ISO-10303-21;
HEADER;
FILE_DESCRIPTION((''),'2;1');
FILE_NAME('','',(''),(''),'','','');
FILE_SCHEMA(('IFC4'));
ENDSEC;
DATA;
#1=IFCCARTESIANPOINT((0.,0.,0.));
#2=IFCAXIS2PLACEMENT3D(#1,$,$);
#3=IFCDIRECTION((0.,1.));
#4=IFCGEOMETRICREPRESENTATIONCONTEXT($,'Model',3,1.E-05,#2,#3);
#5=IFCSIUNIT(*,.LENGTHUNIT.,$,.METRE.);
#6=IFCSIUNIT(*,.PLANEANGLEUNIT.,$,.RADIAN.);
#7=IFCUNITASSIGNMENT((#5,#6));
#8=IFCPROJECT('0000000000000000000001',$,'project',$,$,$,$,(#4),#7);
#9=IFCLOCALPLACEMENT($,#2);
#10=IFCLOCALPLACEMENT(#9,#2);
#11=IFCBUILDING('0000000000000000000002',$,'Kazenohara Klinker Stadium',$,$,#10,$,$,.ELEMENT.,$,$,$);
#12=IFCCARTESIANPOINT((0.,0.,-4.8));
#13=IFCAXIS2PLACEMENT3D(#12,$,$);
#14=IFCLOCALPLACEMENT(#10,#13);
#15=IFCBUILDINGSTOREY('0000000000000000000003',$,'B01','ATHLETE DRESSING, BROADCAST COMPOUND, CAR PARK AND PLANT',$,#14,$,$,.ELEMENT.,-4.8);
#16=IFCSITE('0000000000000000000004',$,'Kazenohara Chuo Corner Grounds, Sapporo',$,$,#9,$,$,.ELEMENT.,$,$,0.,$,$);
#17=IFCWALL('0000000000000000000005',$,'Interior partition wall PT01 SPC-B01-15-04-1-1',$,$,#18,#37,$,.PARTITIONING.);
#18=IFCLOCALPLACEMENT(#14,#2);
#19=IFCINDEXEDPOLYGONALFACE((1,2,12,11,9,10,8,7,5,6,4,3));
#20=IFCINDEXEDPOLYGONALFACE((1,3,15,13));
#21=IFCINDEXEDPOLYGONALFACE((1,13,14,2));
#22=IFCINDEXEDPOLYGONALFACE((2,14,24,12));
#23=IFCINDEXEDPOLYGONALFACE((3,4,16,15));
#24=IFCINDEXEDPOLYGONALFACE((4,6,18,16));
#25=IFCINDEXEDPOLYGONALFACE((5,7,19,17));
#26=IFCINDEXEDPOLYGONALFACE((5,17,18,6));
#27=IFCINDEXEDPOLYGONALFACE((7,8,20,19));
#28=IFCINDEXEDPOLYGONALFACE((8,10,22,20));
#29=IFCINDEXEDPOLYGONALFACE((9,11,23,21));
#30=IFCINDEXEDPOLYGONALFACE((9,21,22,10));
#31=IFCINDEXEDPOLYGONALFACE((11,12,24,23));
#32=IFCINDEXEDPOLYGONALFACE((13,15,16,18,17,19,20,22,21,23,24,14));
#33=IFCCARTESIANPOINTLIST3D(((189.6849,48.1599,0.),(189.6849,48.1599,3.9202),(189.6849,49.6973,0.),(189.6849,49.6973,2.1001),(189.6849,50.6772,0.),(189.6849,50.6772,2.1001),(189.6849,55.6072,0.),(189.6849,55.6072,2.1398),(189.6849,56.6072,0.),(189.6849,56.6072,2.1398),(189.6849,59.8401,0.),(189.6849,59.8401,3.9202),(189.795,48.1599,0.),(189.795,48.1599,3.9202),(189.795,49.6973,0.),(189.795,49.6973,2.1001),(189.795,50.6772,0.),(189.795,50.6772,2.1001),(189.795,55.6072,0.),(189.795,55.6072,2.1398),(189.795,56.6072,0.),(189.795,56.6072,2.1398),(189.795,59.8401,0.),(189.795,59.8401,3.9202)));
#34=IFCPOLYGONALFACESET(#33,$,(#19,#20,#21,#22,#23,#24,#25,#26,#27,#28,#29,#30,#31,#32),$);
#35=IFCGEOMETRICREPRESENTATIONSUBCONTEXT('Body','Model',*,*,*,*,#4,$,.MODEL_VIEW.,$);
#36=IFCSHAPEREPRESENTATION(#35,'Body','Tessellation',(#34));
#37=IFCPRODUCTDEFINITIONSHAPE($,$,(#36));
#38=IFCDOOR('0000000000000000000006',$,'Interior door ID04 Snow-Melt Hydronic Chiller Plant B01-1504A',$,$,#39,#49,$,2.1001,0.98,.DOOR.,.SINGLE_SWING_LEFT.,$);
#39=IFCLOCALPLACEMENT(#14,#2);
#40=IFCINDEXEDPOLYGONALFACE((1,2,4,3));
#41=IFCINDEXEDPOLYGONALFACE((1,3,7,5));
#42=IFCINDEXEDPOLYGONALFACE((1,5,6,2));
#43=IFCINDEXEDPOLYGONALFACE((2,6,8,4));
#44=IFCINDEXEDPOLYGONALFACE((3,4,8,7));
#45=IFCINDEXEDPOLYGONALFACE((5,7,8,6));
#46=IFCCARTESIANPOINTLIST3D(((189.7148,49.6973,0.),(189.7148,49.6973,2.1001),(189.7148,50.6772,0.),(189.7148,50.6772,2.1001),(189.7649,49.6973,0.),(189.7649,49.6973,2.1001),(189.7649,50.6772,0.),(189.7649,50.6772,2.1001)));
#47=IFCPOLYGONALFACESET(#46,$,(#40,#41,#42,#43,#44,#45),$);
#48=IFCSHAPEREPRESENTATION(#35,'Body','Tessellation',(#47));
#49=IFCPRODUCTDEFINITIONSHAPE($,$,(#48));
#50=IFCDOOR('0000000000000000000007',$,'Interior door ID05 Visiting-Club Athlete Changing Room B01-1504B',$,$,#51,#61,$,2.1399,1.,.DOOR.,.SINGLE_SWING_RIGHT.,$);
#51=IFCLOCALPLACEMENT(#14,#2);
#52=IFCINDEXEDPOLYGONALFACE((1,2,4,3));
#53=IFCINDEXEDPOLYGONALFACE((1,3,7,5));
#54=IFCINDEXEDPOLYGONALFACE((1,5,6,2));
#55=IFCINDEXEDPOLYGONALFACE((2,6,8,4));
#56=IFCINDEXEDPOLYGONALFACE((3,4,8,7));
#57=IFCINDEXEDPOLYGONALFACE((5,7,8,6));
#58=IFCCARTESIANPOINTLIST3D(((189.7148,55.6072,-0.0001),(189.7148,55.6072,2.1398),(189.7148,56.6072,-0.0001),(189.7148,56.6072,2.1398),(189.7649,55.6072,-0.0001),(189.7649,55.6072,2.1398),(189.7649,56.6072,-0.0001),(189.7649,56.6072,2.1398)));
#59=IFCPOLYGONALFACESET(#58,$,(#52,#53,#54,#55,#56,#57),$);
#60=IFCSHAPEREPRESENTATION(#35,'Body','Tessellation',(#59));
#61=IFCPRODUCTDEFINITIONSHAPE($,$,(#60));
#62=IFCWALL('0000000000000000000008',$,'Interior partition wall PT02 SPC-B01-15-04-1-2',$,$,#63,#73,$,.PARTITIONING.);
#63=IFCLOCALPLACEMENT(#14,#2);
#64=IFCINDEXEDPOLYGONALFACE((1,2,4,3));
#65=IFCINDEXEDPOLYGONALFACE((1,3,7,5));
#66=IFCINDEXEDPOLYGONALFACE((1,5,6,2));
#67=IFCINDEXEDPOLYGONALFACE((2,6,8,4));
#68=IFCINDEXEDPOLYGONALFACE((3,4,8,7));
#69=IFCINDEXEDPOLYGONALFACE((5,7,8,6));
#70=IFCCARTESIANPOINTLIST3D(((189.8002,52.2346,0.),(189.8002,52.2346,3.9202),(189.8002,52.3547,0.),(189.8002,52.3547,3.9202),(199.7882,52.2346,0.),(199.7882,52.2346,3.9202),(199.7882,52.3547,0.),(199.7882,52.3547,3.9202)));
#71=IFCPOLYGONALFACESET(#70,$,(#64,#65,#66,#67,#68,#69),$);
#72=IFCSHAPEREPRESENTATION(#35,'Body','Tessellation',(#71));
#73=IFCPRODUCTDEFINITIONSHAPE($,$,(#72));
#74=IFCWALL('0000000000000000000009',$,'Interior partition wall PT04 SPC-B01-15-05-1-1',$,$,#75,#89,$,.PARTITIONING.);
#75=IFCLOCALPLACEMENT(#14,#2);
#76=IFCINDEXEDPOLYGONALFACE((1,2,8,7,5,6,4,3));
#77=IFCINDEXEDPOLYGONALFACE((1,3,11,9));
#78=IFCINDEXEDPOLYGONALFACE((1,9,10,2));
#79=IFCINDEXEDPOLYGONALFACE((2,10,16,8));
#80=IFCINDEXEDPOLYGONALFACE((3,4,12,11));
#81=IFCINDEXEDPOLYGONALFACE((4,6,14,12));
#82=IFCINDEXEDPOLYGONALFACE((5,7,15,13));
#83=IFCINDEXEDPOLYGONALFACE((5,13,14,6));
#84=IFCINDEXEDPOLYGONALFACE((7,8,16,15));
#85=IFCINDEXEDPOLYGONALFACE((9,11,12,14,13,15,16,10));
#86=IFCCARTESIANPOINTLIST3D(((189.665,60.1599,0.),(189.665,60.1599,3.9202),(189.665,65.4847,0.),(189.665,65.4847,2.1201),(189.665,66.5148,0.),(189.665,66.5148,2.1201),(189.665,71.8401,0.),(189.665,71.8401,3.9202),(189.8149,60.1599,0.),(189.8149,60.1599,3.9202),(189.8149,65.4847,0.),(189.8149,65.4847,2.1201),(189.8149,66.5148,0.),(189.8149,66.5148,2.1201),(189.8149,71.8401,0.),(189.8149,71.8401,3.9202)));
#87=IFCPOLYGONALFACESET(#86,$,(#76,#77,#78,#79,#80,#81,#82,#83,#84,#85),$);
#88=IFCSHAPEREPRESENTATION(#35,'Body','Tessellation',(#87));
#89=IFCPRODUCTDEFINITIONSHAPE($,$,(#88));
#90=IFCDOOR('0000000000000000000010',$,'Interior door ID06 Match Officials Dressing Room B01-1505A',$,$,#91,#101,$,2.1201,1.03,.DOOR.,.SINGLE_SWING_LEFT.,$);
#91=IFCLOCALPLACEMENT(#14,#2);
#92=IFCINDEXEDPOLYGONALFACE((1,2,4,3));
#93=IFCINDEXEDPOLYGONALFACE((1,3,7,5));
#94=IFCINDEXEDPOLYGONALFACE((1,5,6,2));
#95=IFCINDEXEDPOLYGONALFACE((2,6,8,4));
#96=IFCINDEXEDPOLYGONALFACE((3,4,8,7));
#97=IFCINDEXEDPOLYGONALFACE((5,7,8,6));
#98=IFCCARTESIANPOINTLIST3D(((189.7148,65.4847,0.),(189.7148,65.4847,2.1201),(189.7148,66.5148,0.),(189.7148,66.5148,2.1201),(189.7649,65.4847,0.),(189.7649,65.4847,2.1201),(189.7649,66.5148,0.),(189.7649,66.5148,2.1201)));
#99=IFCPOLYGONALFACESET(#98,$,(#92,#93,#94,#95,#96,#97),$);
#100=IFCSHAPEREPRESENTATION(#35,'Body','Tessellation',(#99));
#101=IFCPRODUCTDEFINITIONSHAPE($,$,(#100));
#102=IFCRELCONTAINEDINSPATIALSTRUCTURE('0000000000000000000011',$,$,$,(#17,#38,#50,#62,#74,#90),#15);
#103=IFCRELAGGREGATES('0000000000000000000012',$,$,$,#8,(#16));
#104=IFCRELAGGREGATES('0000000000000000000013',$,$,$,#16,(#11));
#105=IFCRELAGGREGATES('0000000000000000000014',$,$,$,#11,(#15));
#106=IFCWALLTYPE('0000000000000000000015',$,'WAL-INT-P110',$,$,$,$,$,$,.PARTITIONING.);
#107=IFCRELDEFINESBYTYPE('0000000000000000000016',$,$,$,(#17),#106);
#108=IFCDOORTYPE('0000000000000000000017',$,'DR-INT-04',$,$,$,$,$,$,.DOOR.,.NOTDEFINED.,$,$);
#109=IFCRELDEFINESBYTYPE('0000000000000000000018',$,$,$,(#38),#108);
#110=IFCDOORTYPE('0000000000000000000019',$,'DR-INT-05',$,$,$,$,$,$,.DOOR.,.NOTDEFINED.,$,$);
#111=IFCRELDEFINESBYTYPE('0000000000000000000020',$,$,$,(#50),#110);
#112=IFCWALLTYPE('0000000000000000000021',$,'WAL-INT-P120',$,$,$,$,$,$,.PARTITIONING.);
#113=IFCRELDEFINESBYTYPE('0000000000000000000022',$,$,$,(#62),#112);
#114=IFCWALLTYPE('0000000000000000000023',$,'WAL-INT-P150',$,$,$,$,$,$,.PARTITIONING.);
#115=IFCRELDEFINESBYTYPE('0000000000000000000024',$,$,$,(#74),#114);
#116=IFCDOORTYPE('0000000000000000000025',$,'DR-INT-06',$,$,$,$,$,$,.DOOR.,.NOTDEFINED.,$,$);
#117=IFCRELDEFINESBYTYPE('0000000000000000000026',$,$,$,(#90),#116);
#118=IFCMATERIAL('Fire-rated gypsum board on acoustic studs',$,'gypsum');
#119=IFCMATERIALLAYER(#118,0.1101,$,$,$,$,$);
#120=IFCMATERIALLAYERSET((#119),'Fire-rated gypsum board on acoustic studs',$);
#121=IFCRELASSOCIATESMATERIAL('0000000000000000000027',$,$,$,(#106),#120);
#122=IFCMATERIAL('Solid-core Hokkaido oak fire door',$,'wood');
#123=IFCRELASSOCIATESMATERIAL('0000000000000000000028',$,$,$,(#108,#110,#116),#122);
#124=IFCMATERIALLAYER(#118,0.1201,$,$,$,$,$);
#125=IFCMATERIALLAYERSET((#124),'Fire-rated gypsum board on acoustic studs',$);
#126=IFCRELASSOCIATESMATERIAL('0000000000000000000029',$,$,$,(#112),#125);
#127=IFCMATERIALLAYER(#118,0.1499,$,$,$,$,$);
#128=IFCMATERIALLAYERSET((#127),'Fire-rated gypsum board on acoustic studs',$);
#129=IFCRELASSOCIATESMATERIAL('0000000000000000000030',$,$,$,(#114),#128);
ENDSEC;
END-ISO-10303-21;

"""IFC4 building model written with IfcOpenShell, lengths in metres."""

from ifc_helpers import new_model, si_unit, direction, frame, frame_2d, origin, place, context, subcontext, project, spatial, rectangle, extrude, material, layer, layer_set, type_object, element, fill, save


model = new_model("IFC4")

# Units and contexts
model_context = context("Model", 3, precision=1e-05, world=origin(), true_north=direction((0.0, 1.0)))
body_context = subcontext(model_context, "Body", "Model", "MODEL_VIEW")
ifc_project = project(units=[si_unit("LENGTHUNIT", "METRE"), si_unit("PLANEANGLEUNIT", "RADIAN")], contexts=[model_context])

# Site, building, storey
site_placement = place(None, origin())
site = spatial("IfcSite", under=ifc_project, at=site_placement, Name="Kazenohara Chuo Corner Grounds, Sapporo", CompositionType="ELEMENT", RefElevation=0.0)
building_placement = place(site_placement, origin())
building = spatial("IfcBuilding", under=site, at=building_placement, Name="Kazenohara Klinker Stadium", CompositionType="ELEMENT")
storey_placement = place(building_placement, frame((0.0, 0.0, -4.8)))
storey = spatial("IfcBuildingStorey", under=building, at=storey_placement, Name="B01", Description="ATHLETE DRESSING, BROADCAST COMPOUND, CAR PARK AND PLANT", CompositionType="ELEMENT", Elevation=-4.8)

# Wall, openings, doors
ifc_material_1 = material(Name="Fire-rated gypsum board on acoustic studs", Category="gypsum")
ifc_layer_1 = layer(ifc_material_1, 0.1101)
ifc_layer_set_1 = layer_set([ifc_layer_1], Name="Fire-rated gypsum board on acoustic studs")
wall_type_1 = type_object("IfcWallType", Name="WAL-INT-P110", PredefinedType="PARTITIONING", material=ifc_layer_set_1)
wall_1_placement = place(storey_placement, frame((189.74, 48.1599, 0.0), z_axis=(0.0, 0.0, 1.0), x_axis=(0.0, 1.0, 0.0)))
wall_1 = element("IfcWall", 1, at=wall_1_placement, inside=storey, type_object=wall_type_1, Name="Interior partition wall PT01 SPC-B01-15-04-1-1", PredefinedType="PARTITIONING", context=body_context, shape_type="SweptSolid", body=[
    extrude(rectangle(XDim=11.6802, YDim=0.1101, at=frame_2d((5.8401, 0.0))), origin(), (0.0, 0.0, 1.0), 3.9202),
])
opening_1_placement = place(wall_1_placement, frame((2.5173, 0.0, 0.0), z_axis=(0.0, 0.0, 1.0), x_axis=(-1.0, 0.0, 0.0)))
opening_1 = element("IfcOpeningElement", 2, at=opening_1_placement, cuts=wall_1, PredefinedType="OPENING", context=body_context, shape_type="SweptSolid", body=[
    extrude(rectangle(XDim=0.98, YDim=2.1001, at=frame_2d((0.49, 1.05))), frame((0.0, 0.0649, 0.0), z_axis=(0.0, -1.0, 0.0), x_axis=(1.0, 0.0, 0.0)), (0.0, 0.0, 1.0), 0.1301),
])
opening_2_placement = place(wall_1_placement, frame((8.4473, 0.0, 0.0), z_axis=(0.0, 0.0, 1.0), x_axis=(-1.0, 0.0, 0.0)))
opening_2 = element("IfcOpeningElement", 3, at=opening_2_placement, cuts=wall_1, PredefinedType="OPENING", context=body_context, shape_type="SweptSolid", body=[
    extrude(rectangle(XDim=1.0, YDim=2.1399, at=frame_2d((0.5, 1.0698))), frame((0.0, 0.0649, 0.0), z_axis=(0.0, -1.0, 0.0), x_axis=(1.0, 0.0, 0.0)), (0.0, 0.0, 1.0), 0.1301),
])
ifc_material_2 = material(Name="Solid-core Hokkaido oak fire door", Category="wood")
door_type_1 = type_object("IfcDoorType", Name="DR-INT-04", OperationType="NOTDEFINED", PredefinedType="DOOR", material=ifc_material_2)
door_1_placement = place(opening_1_placement, origin())
door_1 = element("IfcDoor", 4, at=door_1_placement, inside=storey, type_object=door_type_1, Name="Interior door ID04 Snow-Melt Hydronic Chiller Plant B01-1504A", OperationType="SINGLE_SWING_LEFT", OverallHeight=2.1001, OverallWidth=0.98, PredefinedType="DOOR", context=body_context, shape_type="SweptSolid", body=[
    extrude(rectangle(XDim=0.98, YDim=2.1001, at=frame_2d((0.49, 1.05))), frame((0.0, 0.0249, 0.0), z_axis=(0.0, -1.0, 0.0), x_axis=(1.0, 0.0, 0.0)), (0.0, 0.0, 1.0), 0.05),
])
fill(opening_1, door_1)
door_type_2 = type_object("IfcDoorType", Name="DR-INT-05", OperationType="NOTDEFINED", PredefinedType="DOOR", material=ifc_material_2)
door_2_placement = place(opening_2_placement, origin())
door_2 = element("IfcDoor", 5, at=door_2_placement, inside=storey, type_object=door_type_2, Name="Interior door ID05 Visiting-Club Athlete Changing Room B01-1504B", OperationType="SINGLE_SWING_RIGHT", OverallHeight=2.1399, OverallWidth=1.0, PredefinedType="DOOR", context=body_context, shape_type="SweptSolid", body=[
    extrude(rectangle(XDim=1.0, YDim=2.1399, at=frame_2d((0.5, 1.0698))), frame((0.0, 0.0249, 0.0), z_axis=(0.0, -1.0, 0.0), x_axis=(1.0, 0.0, 0.0)), (0.0, 0.0, 1.0), 0.05),
])
fill(opening_2, door_2)

# Wall
ifc_layer_2 = layer(ifc_material_1, 0.1201)
ifc_layer_set_2 = layer_set([ifc_layer_2], Name="Fire-rated gypsum board on acoustic studs")
wall_type_2 = type_object("IfcWallType", Name="WAL-INT-P120", PredefinedType="PARTITIONING", material=ifc_layer_set_2)
wall_2_placement = place(storey_placement, frame((189.8, 52.2947, 0.0), z_axis=(0.0, 0.0, 1.0), x_axis=(1.0, 0.0, 0.0)))
element("IfcWall", 6, at=wall_2_placement, inside=storey, type_object=wall_type_2, Name="Interior partition wall PT02 SPC-B01-15-04-1-2", PredefinedType="PARTITIONING", context=body_context, shape_type="SweptSolid", body=[
    extrude(rectangle(XDim=9.988, YDim=0.1201, at=frame_2d((4.9941, 0.0))), origin(), (0.0, 0.0, 1.0), 3.9202),
])

# Wall, opening, door
ifc_layer_3 = layer(ifc_material_1, 0.1499)
ifc_layer_set_3 = layer_set([ifc_layer_3], Name="Fire-rated gypsum board on acoustic studs")
wall_type_3 = type_object("IfcWallType", Name="WAL-INT-P150", PredefinedType="PARTITIONING", material=ifc_layer_set_3)
wall_3_placement = place(storey_placement, frame((189.74, 60.1599, 0.0), z_axis=(0.0, 0.0, 1.0), x_axis=(0.0, 1.0, 0.0)))
wall_3 = element("IfcWall", 7, at=wall_3_placement, inside=storey, type_object=wall_type_3, Name="Interior partition wall PT04 SPC-B01-15-05-1-1", PredefinedType="PARTITIONING", context=body_context, shape_type="SweptSolid", body=[
    extrude(rectangle(XDim=11.6802, YDim=0.1499, at=frame_2d((5.8401, 0.0))), origin(), (0.0, 0.0, 1.0), 3.9202),
])
opening_3_placement = place(wall_3_placement, frame((6.355, 0.0, 0.0), z_axis=(0.0, 0.0, 1.0), x_axis=(-1.0, 0.0, 0.0)))
opening_3 = element("IfcOpeningElement", 8, at=opening_3_placement, cuts=wall_3, PredefinedType="OPENING", context=body_context, shape_type="SweptSolid", body=[
    extrude(rectangle(XDim=1.03, YDim=2.1201, at=frame_2d((0.5151, 1.0601))), frame((0.0, 0.085, 0.0), z_axis=(0.0, -1.0, 0.0), x_axis=(1.0, 0.0, 0.0)), (0.0, 0.0, 1.0), 0.1699),
])
door_type_3 = type_object("IfcDoorType", Name="DR-INT-06", OperationType="NOTDEFINED", PredefinedType="DOOR", material=ifc_material_2)
door_3_placement = place(opening_3_placement, origin())
door_3 = element("IfcDoor", 9, at=door_3_placement, inside=storey, type_object=door_type_3, Name="Interior door ID06 Match Officials Dressing Room B01-1505A", OperationType="SINGLE_SWING_LEFT", OverallHeight=2.1201, OverallWidth=1.03, PredefinedType="DOOR", context=body_context, shape_type="SweptSolid", body=[
    extrude(rectangle(XDim=1.03, YDim=2.1201, at=frame_2d((0.5151, 1.0601))), frame((0.0, 0.0249, 0.0), z_axis=(0.0, -1.0, 0.0), x_axis=(1.0, 0.0, 0.0)), (0.0, 0.0, 1.0), 0.05),
])
fill(opening_3, door_3)

save(model, "model.ifc")
